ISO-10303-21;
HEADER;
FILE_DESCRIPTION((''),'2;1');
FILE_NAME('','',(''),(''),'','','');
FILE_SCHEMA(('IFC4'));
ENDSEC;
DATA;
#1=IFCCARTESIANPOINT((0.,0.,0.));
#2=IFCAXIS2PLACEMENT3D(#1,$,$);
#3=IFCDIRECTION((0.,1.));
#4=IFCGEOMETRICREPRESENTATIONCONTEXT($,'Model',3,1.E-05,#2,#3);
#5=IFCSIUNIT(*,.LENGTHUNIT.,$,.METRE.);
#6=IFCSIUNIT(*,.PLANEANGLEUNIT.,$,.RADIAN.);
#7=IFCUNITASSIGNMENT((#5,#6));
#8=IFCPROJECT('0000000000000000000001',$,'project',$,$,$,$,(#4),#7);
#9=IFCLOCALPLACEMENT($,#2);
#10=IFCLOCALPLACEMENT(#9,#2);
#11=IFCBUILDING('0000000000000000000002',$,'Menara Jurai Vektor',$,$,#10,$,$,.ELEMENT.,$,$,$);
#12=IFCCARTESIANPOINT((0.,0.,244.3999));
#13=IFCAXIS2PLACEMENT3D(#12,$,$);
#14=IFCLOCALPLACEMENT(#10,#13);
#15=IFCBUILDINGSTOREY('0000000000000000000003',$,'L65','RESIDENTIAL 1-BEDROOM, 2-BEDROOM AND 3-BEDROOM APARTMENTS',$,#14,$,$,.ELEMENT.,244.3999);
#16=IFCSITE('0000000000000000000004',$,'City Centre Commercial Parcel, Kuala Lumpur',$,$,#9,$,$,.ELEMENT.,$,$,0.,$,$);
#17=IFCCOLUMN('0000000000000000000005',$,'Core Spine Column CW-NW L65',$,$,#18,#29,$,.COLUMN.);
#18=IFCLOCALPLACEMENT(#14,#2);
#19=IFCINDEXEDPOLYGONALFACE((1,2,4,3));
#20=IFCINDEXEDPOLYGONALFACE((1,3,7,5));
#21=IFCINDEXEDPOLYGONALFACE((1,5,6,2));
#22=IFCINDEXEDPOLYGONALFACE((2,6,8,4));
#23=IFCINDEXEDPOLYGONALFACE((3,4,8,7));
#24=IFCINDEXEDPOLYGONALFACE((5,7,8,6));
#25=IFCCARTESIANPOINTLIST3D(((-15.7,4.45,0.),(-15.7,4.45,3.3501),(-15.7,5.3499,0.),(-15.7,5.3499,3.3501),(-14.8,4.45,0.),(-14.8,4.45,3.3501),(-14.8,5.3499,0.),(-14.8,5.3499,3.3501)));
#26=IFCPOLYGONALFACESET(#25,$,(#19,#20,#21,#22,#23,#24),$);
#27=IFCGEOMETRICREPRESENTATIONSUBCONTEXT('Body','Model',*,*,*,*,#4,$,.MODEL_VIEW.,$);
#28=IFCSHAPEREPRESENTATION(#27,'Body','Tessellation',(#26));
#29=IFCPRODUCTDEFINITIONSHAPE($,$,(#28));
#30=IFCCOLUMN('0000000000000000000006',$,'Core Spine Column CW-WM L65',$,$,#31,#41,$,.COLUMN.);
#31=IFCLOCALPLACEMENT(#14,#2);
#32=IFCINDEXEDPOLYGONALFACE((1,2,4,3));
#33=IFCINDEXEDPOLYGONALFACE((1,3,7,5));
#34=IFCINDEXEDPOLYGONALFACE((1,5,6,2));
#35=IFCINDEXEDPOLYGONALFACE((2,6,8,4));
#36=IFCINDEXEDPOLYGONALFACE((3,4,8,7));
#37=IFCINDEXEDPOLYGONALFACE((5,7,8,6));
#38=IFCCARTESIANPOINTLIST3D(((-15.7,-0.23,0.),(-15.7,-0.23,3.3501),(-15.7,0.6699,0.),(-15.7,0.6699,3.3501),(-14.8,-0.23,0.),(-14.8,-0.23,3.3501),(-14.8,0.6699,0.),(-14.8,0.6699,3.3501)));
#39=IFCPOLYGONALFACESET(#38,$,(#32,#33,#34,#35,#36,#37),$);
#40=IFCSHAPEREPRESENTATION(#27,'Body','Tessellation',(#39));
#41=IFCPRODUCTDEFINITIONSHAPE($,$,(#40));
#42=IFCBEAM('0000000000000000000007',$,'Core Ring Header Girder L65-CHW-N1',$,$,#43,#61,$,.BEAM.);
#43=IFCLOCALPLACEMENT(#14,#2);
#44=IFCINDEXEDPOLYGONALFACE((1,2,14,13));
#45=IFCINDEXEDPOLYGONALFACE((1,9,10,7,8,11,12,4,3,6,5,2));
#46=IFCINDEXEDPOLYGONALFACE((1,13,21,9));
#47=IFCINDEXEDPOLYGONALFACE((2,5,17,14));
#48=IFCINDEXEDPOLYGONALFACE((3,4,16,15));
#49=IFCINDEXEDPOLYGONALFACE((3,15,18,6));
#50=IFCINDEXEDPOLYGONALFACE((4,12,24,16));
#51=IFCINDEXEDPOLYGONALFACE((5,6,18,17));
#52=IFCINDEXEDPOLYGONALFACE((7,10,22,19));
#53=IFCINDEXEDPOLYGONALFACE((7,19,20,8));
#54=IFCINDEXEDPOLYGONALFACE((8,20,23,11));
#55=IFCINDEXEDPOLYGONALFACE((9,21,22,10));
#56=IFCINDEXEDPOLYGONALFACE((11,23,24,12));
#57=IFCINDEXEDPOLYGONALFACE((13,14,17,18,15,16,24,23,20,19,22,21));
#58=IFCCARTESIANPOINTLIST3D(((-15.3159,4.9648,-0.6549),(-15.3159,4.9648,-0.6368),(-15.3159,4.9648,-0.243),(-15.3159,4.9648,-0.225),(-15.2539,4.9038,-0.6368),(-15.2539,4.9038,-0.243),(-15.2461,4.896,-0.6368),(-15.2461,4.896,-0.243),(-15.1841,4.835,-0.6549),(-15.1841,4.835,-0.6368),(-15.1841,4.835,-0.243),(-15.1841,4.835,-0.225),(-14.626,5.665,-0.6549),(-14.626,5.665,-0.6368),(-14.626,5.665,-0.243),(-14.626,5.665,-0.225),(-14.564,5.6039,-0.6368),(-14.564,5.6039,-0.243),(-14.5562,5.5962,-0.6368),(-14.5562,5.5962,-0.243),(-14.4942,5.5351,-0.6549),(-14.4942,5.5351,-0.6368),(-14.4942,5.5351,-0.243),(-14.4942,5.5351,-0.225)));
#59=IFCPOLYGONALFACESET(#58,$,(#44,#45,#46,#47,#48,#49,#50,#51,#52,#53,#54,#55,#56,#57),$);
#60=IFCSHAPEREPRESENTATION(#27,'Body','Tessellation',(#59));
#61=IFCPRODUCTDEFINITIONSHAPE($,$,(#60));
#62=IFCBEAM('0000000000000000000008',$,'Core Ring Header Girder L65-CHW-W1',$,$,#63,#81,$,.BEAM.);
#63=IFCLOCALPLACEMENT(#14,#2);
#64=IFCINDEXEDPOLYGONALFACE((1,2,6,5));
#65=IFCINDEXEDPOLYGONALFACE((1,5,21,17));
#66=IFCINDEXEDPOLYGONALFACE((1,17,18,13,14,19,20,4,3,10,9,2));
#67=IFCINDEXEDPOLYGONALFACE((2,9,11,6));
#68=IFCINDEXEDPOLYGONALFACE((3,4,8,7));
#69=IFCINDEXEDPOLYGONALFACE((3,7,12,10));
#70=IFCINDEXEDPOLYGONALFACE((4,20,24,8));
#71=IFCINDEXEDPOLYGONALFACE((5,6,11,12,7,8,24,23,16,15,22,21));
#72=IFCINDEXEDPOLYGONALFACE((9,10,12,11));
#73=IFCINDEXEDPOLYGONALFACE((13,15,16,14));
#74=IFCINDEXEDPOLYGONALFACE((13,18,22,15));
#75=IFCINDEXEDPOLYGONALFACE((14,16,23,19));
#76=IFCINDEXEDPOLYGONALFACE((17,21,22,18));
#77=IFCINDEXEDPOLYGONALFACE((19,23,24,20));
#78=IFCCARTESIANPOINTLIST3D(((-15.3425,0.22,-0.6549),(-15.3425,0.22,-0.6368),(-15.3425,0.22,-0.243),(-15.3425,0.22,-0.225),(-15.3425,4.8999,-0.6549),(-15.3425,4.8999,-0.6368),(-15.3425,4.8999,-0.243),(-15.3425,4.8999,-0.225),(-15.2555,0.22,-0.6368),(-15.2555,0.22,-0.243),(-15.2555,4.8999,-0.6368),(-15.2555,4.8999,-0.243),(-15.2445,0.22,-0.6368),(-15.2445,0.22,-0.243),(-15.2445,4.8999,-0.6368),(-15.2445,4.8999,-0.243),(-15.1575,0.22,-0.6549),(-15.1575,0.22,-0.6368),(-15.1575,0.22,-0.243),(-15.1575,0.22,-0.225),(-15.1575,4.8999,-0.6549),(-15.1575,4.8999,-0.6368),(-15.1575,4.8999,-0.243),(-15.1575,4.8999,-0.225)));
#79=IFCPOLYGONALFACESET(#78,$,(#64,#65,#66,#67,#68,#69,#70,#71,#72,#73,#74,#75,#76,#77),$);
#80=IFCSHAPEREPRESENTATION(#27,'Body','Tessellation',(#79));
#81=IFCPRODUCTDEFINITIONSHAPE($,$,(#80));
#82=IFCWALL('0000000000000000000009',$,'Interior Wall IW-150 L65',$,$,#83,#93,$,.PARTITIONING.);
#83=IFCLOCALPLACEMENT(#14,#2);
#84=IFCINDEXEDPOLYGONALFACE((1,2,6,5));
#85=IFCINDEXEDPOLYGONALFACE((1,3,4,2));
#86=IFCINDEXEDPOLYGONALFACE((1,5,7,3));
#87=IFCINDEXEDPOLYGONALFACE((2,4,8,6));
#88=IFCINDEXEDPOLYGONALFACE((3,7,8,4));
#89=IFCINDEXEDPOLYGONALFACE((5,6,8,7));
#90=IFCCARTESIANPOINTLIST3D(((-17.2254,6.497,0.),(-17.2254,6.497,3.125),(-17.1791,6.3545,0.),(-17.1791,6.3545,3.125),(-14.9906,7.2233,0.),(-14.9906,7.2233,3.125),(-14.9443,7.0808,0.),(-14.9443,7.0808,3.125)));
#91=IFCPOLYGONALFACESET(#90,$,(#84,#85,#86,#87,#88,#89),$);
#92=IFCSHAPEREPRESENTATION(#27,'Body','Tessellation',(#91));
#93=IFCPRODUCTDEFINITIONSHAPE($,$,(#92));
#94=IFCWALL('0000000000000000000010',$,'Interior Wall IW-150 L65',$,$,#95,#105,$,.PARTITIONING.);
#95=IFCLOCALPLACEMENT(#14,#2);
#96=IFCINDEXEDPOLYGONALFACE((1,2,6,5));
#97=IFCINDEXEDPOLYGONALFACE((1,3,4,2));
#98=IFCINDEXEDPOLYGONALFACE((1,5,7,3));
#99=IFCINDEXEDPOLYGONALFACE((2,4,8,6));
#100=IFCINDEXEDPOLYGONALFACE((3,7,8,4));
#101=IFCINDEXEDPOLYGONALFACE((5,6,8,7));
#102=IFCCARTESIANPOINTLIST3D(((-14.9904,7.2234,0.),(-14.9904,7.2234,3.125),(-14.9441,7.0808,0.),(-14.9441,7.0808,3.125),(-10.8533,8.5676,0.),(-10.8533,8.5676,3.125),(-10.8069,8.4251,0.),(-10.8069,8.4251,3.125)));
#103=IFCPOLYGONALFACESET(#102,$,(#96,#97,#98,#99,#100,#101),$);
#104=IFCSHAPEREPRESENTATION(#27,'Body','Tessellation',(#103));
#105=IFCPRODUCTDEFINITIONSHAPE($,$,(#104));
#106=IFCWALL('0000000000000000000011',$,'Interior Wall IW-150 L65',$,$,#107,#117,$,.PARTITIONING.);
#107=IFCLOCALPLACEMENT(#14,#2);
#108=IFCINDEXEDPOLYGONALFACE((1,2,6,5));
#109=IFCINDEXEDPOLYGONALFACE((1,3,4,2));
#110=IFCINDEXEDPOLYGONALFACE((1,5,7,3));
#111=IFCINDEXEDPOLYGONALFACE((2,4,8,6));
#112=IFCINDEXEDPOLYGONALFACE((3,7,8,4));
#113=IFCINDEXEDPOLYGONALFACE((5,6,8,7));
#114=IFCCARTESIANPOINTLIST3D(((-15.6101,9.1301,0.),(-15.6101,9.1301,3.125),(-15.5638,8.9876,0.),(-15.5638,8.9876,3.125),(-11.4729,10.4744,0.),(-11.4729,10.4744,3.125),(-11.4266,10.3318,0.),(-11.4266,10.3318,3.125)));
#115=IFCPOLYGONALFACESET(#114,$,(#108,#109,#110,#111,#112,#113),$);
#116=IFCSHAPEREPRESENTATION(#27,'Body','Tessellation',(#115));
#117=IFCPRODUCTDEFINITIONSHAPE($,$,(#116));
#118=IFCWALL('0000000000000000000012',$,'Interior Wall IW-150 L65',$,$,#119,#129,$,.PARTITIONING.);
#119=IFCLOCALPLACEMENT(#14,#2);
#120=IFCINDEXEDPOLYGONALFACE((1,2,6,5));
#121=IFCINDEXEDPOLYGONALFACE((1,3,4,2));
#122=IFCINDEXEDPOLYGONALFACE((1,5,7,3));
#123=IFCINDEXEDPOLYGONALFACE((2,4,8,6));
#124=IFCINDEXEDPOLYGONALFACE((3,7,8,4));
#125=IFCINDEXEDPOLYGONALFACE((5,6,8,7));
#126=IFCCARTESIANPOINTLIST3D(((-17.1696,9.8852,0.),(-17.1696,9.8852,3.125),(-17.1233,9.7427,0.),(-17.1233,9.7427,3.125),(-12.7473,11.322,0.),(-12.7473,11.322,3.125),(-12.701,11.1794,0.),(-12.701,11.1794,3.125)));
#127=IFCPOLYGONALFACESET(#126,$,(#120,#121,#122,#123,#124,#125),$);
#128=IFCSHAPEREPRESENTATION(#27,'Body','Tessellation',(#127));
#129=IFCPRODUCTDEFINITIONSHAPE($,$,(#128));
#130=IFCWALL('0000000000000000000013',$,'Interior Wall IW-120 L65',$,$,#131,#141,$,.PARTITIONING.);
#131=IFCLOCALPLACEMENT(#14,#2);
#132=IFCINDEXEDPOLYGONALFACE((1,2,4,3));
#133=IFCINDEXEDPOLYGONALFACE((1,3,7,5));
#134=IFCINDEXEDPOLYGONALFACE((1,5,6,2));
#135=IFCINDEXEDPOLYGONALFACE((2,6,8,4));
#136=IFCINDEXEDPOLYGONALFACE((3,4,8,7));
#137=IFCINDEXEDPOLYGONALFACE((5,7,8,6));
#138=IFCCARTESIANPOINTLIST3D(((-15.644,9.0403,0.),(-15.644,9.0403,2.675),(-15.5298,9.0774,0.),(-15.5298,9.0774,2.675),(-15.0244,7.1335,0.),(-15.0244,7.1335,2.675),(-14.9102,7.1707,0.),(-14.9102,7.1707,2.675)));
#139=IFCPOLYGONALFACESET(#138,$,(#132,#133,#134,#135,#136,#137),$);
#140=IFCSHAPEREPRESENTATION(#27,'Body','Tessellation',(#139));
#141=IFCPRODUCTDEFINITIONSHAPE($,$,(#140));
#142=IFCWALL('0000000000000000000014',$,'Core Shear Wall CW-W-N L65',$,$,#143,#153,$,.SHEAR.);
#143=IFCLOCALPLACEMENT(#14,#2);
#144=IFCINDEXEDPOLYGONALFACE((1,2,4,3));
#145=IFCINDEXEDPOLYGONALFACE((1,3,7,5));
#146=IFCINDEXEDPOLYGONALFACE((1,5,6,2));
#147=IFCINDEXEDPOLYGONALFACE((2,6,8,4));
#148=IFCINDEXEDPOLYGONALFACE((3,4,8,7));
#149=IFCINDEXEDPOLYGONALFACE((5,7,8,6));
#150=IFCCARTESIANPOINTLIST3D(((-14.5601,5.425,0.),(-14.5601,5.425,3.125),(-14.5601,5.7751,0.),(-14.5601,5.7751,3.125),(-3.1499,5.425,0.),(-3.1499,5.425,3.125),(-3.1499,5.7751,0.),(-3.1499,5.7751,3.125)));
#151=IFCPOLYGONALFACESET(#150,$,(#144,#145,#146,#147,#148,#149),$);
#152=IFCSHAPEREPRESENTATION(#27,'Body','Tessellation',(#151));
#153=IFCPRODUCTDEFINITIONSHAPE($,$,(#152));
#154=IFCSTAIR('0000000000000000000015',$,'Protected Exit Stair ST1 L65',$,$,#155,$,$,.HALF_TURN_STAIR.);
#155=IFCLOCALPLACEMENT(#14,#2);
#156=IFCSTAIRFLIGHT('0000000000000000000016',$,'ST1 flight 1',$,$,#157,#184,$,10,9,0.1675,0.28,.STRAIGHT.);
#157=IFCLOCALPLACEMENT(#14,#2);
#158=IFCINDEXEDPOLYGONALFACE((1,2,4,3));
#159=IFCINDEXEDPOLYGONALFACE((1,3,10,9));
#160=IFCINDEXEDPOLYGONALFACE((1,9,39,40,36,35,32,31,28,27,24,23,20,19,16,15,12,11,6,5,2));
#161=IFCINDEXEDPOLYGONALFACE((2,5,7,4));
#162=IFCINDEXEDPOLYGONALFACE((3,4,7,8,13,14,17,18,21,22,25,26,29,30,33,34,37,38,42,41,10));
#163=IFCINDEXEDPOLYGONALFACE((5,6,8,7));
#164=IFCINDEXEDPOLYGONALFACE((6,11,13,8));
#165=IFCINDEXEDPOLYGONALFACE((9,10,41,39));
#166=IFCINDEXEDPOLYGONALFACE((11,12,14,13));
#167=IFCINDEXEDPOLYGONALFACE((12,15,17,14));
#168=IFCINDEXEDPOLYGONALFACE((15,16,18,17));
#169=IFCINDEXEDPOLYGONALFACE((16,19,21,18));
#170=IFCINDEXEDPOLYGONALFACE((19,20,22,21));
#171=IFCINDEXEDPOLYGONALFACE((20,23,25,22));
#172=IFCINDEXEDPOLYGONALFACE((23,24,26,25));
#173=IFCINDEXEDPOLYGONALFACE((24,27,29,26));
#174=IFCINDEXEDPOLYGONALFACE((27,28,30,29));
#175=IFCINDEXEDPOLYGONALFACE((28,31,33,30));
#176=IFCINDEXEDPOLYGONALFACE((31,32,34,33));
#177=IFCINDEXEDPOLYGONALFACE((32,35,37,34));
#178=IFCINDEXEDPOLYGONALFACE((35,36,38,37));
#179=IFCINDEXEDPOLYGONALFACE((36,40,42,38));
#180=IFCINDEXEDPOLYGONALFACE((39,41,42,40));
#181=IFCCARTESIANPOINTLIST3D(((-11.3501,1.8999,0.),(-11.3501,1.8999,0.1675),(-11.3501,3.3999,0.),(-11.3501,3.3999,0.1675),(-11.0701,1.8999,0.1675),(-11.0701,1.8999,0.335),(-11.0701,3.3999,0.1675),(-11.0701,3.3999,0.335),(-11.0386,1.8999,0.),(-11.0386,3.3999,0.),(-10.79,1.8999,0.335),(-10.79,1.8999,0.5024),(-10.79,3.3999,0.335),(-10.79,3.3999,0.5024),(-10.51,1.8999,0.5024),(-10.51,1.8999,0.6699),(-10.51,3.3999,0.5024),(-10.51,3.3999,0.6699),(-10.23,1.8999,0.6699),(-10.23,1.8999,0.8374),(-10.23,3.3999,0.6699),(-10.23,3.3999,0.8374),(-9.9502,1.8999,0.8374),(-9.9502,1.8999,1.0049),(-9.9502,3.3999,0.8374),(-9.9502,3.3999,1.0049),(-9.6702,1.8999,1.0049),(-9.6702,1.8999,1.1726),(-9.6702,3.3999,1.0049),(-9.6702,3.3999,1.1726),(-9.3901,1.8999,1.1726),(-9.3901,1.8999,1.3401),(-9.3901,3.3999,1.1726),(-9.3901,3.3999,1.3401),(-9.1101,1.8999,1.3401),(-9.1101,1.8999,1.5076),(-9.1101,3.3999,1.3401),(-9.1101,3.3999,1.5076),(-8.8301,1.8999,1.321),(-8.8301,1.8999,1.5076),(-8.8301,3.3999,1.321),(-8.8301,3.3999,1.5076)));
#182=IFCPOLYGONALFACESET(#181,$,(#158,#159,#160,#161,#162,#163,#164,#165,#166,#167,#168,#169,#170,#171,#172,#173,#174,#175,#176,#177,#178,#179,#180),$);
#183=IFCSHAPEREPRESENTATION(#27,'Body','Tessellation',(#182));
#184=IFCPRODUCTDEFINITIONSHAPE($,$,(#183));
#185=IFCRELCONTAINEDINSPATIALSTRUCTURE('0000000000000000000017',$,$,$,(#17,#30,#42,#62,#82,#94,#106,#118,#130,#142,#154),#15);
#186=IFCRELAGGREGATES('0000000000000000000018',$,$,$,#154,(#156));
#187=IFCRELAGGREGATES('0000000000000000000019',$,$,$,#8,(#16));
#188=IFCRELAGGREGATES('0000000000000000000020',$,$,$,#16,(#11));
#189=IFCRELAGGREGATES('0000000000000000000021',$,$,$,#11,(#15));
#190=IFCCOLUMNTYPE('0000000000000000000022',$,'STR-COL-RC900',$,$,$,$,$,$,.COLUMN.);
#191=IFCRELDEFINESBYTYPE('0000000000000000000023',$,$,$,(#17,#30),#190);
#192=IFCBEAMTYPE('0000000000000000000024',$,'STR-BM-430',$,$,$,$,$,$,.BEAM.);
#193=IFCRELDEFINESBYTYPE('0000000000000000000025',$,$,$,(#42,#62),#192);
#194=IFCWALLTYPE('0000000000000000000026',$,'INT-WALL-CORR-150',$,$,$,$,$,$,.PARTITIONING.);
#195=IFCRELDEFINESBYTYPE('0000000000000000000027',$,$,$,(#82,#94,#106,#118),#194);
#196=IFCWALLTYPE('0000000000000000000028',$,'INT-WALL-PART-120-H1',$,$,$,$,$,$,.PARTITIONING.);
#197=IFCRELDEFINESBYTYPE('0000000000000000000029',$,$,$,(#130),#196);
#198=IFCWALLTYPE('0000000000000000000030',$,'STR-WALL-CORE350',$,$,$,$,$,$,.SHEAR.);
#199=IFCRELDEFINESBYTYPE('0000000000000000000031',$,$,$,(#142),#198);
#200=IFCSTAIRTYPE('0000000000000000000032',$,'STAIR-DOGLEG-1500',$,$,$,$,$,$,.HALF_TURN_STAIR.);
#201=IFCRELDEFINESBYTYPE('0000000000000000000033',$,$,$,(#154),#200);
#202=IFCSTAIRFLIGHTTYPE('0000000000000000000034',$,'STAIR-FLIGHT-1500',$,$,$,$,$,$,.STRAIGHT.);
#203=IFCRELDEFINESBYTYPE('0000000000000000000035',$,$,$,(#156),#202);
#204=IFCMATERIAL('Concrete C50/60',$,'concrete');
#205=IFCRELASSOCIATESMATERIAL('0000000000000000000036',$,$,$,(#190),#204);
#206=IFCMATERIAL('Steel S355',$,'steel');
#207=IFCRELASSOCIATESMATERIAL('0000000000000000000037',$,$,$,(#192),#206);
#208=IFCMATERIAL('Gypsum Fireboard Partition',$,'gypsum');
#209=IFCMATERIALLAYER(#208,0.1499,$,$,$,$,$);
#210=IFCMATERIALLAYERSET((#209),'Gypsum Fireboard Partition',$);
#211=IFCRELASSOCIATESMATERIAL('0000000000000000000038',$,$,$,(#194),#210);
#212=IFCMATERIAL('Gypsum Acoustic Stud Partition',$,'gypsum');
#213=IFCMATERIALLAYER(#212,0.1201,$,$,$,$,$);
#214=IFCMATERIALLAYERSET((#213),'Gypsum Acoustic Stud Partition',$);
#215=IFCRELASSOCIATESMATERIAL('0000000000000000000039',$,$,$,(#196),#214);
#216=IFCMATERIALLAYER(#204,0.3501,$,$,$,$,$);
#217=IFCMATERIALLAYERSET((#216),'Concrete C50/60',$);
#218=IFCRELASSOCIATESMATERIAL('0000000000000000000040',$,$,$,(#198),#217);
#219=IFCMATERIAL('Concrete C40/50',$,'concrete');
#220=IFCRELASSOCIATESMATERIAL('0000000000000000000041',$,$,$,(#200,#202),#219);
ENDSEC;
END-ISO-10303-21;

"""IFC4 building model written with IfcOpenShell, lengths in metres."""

from ifc_helpers import new_model, si_unit, direction, frame, frame_2d, origin, origin_2d, place, context, subcontext, project, spatial, polyline, rectangle, i_section, outline, extrude, material, layer, layer_set, material_profile, profile_set, type_object, element, aggregate, save


model = new_model("IFC4")

# Units and contexts
model_context = context("Model", 3, precision=1e-05, world=origin(), true_north=direction((0.0, 1.0)))
body_context = subcontext(model_context, "Body", "Model", "MODEL_VIEW")
ifc_project = project(units=[si_unit("LENGTHUNIT", "METRE"), si_unit("PLANEANGLEUNIT", "RADIAN")], contexts=[model_context])

# Site, building, storey
site_placement = place(None, origin())
site = spatial("IfcSite", under=ifc_project, at=site_placement, Name="City Centre Commercial Parcel, Kuala Lumpur", CompositionType="ELEMENT", RefElevation=0.0)
building_placement = place(site_placement, origin())
building = spatial("IfcBuilding", under=site, at=building_placement, Name="Menara Jurai Vektor", CompositionType="ELEMENT")
storey_placement = place(building_placement, frame((0.0, 0.0, 244.3999)))
storey = spatial("IfcBuildingStorey", under=building, at=storey_placement, Name="L65", Description="RESIDENTIAL 1-BEDROOM, 2-BEDROOM AND 3-BEDROOM APARTMENTS", CompositionType="ELEMENT", Elevation=244.3999)

# Columns
ifc_material_1 = material(Name="Concrete C50/60", Category="concrete")
ifc_material_profile_1 = material_profile(ifc_material_1, rectangle(XDim=0.8999, YDim=0.8999, at=origin_2d()), Name="RC 900x900")
ifc_profile_set_1 = profile_set([ifc_material_profile_1], Name="Concrete C50/60")
column_type = type_object("IfcColumnType", Name="STR-COL-RC900", PredefinedType="COLUMN", material=ifc_profile_set_1)
for number, where, z_axis, x_axis, name in (
    (1, (-15.25, 4.8999, 0.0), (0.0, 0.0, 1.0), (1.0, 0.0, 0.0), "Core Spine Column CW-NW L65"),
    (2, (-15.25, 0.22, 0.0), (0.0, 0.0, 1.0), (1.0, 0.0, 0.0), "Core Spine Column CW-WM L65"),
):
    element("IfcColumn", number, at=place(storey_placement, frame(where, z_axis=z_axis, x_axis=x_axis)), inside=storey, type_object=column_type, Name=name, PredefinedType="COLUMN", context=body_context, shape_type="SweptSolid", body=[
        extrude(rectangle(XDim=0.8999, YDim=0.8999, at=origin_2d()), origin(), (0.0, 0.0, 1.0), 3.3501),
    ])

# Beams
ifc_material_2 = material(Name="Steel S355", Category="steel")
ifc_material_profile_2 = material_profile(ifc_material_2, i_section(OverallWidth=0.1851, OverallDepth=0.4299, WebThickness=0.011, FlangeThickness=0.0181, at=origin_2d()), Name="PG 430x185x76")
ifc_profile_set_2 = profile_set([ifc_material_profile_2], Name="Steel S355")
beam_type = type_object("IfcBeamType", Name="STR-BM-430", PredefinedType="BEAM", material=ifc_profile_set_2)
beam_1_placement = place(storey_placement, frame((-15.25, 4.8999, -0.4399), z_axis=(0.701872, 0.712303, 0.0), x_axis=(-0.712303, 0.701872, 0.0)))
element("IfcBeam", 3, at=beam_1_placement, inside=storey, type_object=beam_type, Name="Core Ring Header Girder L65-CHW-N1", PredefinedType="BEAM", context=body_context, shape_type="SweptSolid", body=[
    extrude(i_section(OverallWidth=0.1851, OverallDepth=0.4299, WebThickness=0.011, FlangeThickness=0.0181, at=origin_2d()), origin(), (0.0, 0.0, 1.0), 0.9829),
])
beam_2_placement = place(storey_placement, frame((-15.25, 0.22, -0.4399), z_axis=(0.0, 1.0, 0.0), x_axis=(-1.0, 0.0, 0.0)))
element("IfcBeam", 4, at=beam_2_placement, inside=storey, type_object=beam_type, Name="Core Ring Header Girder L65-CHW-W1", PredefinedType="BEAM", context=body_context, shape_type="SweptSolid", body=[
    extrude(i_section(OverallWidth=0.1851, OverallDepth=0.4299, WebThickness=0.011, FlangeThickness=0.0181, at=origin_2d()), origin(), (0.0, 0.0, 1.0), 4.6799),
])

# Shared definitions
ifc_material_3 = material(Name="Concrete C40/50", Category="concrete")

# Walls
ifc_material_4 = material(Name="Gypsum Fireboard Partition", Category="gypsum")
ifc_layer_1 = layer(ifc_material_4, 0.1499)
ifc_layer_set_1 = layer_set([ifc_layer_1], Name="Gypsum Fireboard Partition")
wall_type_1 = type_object("IfcWallType", Name="INT-WALL-CORR-150", PredefinedType="PARTITIONING", material=ifc_layer_set_1)
wall_1_placement = place(storey_placement, frame((-17.2021, 6.4258, 0.0), z_axis=(0.0, 0.0, 1.0), x_axis=(0.951036, 0.309081, 0.0)))
element("IfcWall", 5, at=wall_1_placement, inside=storey, type_object=wall_type_1, Name="Interior Wall IW-150 L65", PredefinedType="PARTITIONING", context=body_context, shape_type="SweptSolid", body=[
    extrude(rectangle(XDim=2.3499, YDim=0.1499, at=frame_2d((1.1748, 0.0))), origin(), (0.0, 0.0, 1.0), 3.125),
])
wall_2_placement = place(storey_placement, frame((-14.9673, 7.1521, 0.0), z_axis=(0.0, 0.0, 1.0), x_axis=(0.951058, 0.309012, 0.0)))
element("IfcWall", 6, at=wall_2_placement, inside=storey, type_object=wall_type_1, Name="Interior Wall IW-150 L65", PredefinedType="PARTITIONING", context=body_context, shape_type="SweptSolid", body=[
    extrude(rectangle(XDim=4.3501, YDim=0.1499, at=frame_2d((2.175, 0.0))), origin(), (0.0, 0.0, 1.0), 3.125),
])

# Walls
wall_3_placement = place(storey_placement, frame((-15.5869, 9.0588, 0.0), z_axis=(0.0, 0.0, 1.0), x_axis=(0.951058, 0.309012, 0.0)))
element("IfcWall", 7, at=wall_3_placement, inside=storey, type_object=wall_type_1, Name="Interior Wall IW-150 L65", PredefinedType="PARTITIONING", context=body_context, shape_type="SweptSolid", body=[
    extrude(rectangle(XDim=4.3501, YDim=0.1499, at=frame_2d((2.175, 0.0))), origin(), (0.0, 0.0, 1.0), 3.125),
])
wall_4_placement = place(storey_placement, frame((-17.1465, 9.814, 0.0), z_axis=(0.0, 0.0, 1.0), x_axis=(0.951066, 0.308989, 0.0)))
element("IfcWall", 8, at=wall_4_placement, inside=storey, type_object=wall_type_1, Name="Interior Wall IW-150 L65", PredefinedType="PARTITIONING", context=body_context, shape_type="SweptSolid", body=[
    extrude(rectangle(XDim=4.6499, YDim=0.1499, at=frame_2d((2.325, 0.0))), origin(), (0.0, 0.0, 1.0), 3.125),
])
ifc_material_5 = material(Name="Gypsum Acoustic Stud Partition", Category="gypsum")
ifc_layer_2 = layer(ifc_material_5, 0.1201)
ifc_layer_set_2 = layer_set([ifc_layer_2], Name="Gypsum Acoustic Stud Partition")
wall_type_2 = type_object("IfcWallType", Name="INT-WALL-PART-120-H1", PredefinedType="PARTITIONING", material=ifc_layer_set_2)
wall_5_placement = place(storey_placement, frame((-14.9673, 7.1521, 0.0), z_axis=(0.0, 0.0, 1.0), x_axis=(-0.309059, 0.951043, 0.0)))
element("IfcWall", 9, at=wall_5_placement, inside=storey, type_object=wall_type_2, Name="Interior Wall IW-120 L65", PredefinedType="PARTITIONING", context=body_context, shape_type="SweptSolid", body=[
    extrude(rectangle(XDim=2.0049, YDim=0.1201, at=frame_2d((1.0024, 0.0))), origin(), (0.0, 0.0, 1.0), 2.675),
])
ifc_layer_3 = layer(ifc_material_1, 0.3501)
ifc_layer_set_3 = layer_set([ifc_layer_3], Name="Concrete C50/60")
wall_type_3 = type_object("IfcWallType", Name="STR-WALL-CORE350", PredefinedType="SHEAR", material=ifc_layer_set_3)
wall_6_placement = place(storey_placement, frame((-14.5601, 5.6001, 0.0), z_axis=(0.0, 0.0, 1.0), x_axis=(1.0, 0.0, 0.0)))
element("IfcWall", 10, at=wall_6_placement, inside=storey, type_object=wall_type_3, Name="Core Shear Wall CW-W-N L65", PredefinedType="SHEAR", context=body_context, shape_type="SweptSolid", body=[
    extrude(rectangle(XDim=11.4102, YDim=0.3501, at=frame_2d((5.7051, 0.0))), origin(), (0.0, 0.0, 1.0), 3.125),
])

# Stair, stair flight
stair_type = type_object("IfcStairType", Name="STAIR-DOGLEG-1500", PredefinedType="HALF_TURN_STAIR", material=ifc_material_3)
stair_placement = place(storey_placement, origin())
stair = element("IfcStair", 11, at=stair_placement, inside=storey, type_object=stair_type, Name="Protected Exit Stair ST1 L65", PredefinedType="HALF_TURN_STAIR")
stair_flight_type = type_object("IfcStairFlightType", Name="STAIR-FLIGHT-1500", PredefinedType="STRAIGHT", material=ifc_material_3)
stair_flight_placement = place(storey_placement, frame((-11.3501, 2.6499, 0.0), z_axis=(0.0, 0.0, 1.0), x_axis=(1.0, 0.0, 0.0)))
stair_flight = element("IfcStairFlight", 12, at=stair_flight_placement, type_object=stair_flight_type, Name="ST1 flight 1", NumberOfRisers=10, NumberOfTreads=9, PredefinedType="STRAIGHT", RiserHeight=0.1675, TreadLength=0.28, context=body_context, shape_type="SweptSolid", body=[
    extrude(outline(polyline([(0.0, 0.0), (0.0, 0.1675), (0.28, 0.1675), (0.28, 0.335), (0.5601, 0.335), (0.5601, 0.5024), (0.8401, 0.5024), (0.8401, 0.6699), (1.1201, 0.6699), (1.1201, 0.8374), (1.3999, 0.8374), (1.3999, 1.0049), (1.6799, 1.0049), (1.6799, 1.1726), (1.96, 1.1726), (1.96, 1.3401), (2.24, 1.3401), (2.24, 1.5076), (2.52, 1.5076), (2.52, 1.675), (2.52, 1.321), (0.3115, 0.0), (0.0, 0.0)])), frame((0.0, 0.75, 0.0), z_axis=(0.0, -1.0, 0.0), x_axis=(1.0, 0.0, 0.0)), (0.0, 0.0, 1.0), 1.5),
])
aggregate(stair, [stair_flight])

save(model, "model.ifc")
